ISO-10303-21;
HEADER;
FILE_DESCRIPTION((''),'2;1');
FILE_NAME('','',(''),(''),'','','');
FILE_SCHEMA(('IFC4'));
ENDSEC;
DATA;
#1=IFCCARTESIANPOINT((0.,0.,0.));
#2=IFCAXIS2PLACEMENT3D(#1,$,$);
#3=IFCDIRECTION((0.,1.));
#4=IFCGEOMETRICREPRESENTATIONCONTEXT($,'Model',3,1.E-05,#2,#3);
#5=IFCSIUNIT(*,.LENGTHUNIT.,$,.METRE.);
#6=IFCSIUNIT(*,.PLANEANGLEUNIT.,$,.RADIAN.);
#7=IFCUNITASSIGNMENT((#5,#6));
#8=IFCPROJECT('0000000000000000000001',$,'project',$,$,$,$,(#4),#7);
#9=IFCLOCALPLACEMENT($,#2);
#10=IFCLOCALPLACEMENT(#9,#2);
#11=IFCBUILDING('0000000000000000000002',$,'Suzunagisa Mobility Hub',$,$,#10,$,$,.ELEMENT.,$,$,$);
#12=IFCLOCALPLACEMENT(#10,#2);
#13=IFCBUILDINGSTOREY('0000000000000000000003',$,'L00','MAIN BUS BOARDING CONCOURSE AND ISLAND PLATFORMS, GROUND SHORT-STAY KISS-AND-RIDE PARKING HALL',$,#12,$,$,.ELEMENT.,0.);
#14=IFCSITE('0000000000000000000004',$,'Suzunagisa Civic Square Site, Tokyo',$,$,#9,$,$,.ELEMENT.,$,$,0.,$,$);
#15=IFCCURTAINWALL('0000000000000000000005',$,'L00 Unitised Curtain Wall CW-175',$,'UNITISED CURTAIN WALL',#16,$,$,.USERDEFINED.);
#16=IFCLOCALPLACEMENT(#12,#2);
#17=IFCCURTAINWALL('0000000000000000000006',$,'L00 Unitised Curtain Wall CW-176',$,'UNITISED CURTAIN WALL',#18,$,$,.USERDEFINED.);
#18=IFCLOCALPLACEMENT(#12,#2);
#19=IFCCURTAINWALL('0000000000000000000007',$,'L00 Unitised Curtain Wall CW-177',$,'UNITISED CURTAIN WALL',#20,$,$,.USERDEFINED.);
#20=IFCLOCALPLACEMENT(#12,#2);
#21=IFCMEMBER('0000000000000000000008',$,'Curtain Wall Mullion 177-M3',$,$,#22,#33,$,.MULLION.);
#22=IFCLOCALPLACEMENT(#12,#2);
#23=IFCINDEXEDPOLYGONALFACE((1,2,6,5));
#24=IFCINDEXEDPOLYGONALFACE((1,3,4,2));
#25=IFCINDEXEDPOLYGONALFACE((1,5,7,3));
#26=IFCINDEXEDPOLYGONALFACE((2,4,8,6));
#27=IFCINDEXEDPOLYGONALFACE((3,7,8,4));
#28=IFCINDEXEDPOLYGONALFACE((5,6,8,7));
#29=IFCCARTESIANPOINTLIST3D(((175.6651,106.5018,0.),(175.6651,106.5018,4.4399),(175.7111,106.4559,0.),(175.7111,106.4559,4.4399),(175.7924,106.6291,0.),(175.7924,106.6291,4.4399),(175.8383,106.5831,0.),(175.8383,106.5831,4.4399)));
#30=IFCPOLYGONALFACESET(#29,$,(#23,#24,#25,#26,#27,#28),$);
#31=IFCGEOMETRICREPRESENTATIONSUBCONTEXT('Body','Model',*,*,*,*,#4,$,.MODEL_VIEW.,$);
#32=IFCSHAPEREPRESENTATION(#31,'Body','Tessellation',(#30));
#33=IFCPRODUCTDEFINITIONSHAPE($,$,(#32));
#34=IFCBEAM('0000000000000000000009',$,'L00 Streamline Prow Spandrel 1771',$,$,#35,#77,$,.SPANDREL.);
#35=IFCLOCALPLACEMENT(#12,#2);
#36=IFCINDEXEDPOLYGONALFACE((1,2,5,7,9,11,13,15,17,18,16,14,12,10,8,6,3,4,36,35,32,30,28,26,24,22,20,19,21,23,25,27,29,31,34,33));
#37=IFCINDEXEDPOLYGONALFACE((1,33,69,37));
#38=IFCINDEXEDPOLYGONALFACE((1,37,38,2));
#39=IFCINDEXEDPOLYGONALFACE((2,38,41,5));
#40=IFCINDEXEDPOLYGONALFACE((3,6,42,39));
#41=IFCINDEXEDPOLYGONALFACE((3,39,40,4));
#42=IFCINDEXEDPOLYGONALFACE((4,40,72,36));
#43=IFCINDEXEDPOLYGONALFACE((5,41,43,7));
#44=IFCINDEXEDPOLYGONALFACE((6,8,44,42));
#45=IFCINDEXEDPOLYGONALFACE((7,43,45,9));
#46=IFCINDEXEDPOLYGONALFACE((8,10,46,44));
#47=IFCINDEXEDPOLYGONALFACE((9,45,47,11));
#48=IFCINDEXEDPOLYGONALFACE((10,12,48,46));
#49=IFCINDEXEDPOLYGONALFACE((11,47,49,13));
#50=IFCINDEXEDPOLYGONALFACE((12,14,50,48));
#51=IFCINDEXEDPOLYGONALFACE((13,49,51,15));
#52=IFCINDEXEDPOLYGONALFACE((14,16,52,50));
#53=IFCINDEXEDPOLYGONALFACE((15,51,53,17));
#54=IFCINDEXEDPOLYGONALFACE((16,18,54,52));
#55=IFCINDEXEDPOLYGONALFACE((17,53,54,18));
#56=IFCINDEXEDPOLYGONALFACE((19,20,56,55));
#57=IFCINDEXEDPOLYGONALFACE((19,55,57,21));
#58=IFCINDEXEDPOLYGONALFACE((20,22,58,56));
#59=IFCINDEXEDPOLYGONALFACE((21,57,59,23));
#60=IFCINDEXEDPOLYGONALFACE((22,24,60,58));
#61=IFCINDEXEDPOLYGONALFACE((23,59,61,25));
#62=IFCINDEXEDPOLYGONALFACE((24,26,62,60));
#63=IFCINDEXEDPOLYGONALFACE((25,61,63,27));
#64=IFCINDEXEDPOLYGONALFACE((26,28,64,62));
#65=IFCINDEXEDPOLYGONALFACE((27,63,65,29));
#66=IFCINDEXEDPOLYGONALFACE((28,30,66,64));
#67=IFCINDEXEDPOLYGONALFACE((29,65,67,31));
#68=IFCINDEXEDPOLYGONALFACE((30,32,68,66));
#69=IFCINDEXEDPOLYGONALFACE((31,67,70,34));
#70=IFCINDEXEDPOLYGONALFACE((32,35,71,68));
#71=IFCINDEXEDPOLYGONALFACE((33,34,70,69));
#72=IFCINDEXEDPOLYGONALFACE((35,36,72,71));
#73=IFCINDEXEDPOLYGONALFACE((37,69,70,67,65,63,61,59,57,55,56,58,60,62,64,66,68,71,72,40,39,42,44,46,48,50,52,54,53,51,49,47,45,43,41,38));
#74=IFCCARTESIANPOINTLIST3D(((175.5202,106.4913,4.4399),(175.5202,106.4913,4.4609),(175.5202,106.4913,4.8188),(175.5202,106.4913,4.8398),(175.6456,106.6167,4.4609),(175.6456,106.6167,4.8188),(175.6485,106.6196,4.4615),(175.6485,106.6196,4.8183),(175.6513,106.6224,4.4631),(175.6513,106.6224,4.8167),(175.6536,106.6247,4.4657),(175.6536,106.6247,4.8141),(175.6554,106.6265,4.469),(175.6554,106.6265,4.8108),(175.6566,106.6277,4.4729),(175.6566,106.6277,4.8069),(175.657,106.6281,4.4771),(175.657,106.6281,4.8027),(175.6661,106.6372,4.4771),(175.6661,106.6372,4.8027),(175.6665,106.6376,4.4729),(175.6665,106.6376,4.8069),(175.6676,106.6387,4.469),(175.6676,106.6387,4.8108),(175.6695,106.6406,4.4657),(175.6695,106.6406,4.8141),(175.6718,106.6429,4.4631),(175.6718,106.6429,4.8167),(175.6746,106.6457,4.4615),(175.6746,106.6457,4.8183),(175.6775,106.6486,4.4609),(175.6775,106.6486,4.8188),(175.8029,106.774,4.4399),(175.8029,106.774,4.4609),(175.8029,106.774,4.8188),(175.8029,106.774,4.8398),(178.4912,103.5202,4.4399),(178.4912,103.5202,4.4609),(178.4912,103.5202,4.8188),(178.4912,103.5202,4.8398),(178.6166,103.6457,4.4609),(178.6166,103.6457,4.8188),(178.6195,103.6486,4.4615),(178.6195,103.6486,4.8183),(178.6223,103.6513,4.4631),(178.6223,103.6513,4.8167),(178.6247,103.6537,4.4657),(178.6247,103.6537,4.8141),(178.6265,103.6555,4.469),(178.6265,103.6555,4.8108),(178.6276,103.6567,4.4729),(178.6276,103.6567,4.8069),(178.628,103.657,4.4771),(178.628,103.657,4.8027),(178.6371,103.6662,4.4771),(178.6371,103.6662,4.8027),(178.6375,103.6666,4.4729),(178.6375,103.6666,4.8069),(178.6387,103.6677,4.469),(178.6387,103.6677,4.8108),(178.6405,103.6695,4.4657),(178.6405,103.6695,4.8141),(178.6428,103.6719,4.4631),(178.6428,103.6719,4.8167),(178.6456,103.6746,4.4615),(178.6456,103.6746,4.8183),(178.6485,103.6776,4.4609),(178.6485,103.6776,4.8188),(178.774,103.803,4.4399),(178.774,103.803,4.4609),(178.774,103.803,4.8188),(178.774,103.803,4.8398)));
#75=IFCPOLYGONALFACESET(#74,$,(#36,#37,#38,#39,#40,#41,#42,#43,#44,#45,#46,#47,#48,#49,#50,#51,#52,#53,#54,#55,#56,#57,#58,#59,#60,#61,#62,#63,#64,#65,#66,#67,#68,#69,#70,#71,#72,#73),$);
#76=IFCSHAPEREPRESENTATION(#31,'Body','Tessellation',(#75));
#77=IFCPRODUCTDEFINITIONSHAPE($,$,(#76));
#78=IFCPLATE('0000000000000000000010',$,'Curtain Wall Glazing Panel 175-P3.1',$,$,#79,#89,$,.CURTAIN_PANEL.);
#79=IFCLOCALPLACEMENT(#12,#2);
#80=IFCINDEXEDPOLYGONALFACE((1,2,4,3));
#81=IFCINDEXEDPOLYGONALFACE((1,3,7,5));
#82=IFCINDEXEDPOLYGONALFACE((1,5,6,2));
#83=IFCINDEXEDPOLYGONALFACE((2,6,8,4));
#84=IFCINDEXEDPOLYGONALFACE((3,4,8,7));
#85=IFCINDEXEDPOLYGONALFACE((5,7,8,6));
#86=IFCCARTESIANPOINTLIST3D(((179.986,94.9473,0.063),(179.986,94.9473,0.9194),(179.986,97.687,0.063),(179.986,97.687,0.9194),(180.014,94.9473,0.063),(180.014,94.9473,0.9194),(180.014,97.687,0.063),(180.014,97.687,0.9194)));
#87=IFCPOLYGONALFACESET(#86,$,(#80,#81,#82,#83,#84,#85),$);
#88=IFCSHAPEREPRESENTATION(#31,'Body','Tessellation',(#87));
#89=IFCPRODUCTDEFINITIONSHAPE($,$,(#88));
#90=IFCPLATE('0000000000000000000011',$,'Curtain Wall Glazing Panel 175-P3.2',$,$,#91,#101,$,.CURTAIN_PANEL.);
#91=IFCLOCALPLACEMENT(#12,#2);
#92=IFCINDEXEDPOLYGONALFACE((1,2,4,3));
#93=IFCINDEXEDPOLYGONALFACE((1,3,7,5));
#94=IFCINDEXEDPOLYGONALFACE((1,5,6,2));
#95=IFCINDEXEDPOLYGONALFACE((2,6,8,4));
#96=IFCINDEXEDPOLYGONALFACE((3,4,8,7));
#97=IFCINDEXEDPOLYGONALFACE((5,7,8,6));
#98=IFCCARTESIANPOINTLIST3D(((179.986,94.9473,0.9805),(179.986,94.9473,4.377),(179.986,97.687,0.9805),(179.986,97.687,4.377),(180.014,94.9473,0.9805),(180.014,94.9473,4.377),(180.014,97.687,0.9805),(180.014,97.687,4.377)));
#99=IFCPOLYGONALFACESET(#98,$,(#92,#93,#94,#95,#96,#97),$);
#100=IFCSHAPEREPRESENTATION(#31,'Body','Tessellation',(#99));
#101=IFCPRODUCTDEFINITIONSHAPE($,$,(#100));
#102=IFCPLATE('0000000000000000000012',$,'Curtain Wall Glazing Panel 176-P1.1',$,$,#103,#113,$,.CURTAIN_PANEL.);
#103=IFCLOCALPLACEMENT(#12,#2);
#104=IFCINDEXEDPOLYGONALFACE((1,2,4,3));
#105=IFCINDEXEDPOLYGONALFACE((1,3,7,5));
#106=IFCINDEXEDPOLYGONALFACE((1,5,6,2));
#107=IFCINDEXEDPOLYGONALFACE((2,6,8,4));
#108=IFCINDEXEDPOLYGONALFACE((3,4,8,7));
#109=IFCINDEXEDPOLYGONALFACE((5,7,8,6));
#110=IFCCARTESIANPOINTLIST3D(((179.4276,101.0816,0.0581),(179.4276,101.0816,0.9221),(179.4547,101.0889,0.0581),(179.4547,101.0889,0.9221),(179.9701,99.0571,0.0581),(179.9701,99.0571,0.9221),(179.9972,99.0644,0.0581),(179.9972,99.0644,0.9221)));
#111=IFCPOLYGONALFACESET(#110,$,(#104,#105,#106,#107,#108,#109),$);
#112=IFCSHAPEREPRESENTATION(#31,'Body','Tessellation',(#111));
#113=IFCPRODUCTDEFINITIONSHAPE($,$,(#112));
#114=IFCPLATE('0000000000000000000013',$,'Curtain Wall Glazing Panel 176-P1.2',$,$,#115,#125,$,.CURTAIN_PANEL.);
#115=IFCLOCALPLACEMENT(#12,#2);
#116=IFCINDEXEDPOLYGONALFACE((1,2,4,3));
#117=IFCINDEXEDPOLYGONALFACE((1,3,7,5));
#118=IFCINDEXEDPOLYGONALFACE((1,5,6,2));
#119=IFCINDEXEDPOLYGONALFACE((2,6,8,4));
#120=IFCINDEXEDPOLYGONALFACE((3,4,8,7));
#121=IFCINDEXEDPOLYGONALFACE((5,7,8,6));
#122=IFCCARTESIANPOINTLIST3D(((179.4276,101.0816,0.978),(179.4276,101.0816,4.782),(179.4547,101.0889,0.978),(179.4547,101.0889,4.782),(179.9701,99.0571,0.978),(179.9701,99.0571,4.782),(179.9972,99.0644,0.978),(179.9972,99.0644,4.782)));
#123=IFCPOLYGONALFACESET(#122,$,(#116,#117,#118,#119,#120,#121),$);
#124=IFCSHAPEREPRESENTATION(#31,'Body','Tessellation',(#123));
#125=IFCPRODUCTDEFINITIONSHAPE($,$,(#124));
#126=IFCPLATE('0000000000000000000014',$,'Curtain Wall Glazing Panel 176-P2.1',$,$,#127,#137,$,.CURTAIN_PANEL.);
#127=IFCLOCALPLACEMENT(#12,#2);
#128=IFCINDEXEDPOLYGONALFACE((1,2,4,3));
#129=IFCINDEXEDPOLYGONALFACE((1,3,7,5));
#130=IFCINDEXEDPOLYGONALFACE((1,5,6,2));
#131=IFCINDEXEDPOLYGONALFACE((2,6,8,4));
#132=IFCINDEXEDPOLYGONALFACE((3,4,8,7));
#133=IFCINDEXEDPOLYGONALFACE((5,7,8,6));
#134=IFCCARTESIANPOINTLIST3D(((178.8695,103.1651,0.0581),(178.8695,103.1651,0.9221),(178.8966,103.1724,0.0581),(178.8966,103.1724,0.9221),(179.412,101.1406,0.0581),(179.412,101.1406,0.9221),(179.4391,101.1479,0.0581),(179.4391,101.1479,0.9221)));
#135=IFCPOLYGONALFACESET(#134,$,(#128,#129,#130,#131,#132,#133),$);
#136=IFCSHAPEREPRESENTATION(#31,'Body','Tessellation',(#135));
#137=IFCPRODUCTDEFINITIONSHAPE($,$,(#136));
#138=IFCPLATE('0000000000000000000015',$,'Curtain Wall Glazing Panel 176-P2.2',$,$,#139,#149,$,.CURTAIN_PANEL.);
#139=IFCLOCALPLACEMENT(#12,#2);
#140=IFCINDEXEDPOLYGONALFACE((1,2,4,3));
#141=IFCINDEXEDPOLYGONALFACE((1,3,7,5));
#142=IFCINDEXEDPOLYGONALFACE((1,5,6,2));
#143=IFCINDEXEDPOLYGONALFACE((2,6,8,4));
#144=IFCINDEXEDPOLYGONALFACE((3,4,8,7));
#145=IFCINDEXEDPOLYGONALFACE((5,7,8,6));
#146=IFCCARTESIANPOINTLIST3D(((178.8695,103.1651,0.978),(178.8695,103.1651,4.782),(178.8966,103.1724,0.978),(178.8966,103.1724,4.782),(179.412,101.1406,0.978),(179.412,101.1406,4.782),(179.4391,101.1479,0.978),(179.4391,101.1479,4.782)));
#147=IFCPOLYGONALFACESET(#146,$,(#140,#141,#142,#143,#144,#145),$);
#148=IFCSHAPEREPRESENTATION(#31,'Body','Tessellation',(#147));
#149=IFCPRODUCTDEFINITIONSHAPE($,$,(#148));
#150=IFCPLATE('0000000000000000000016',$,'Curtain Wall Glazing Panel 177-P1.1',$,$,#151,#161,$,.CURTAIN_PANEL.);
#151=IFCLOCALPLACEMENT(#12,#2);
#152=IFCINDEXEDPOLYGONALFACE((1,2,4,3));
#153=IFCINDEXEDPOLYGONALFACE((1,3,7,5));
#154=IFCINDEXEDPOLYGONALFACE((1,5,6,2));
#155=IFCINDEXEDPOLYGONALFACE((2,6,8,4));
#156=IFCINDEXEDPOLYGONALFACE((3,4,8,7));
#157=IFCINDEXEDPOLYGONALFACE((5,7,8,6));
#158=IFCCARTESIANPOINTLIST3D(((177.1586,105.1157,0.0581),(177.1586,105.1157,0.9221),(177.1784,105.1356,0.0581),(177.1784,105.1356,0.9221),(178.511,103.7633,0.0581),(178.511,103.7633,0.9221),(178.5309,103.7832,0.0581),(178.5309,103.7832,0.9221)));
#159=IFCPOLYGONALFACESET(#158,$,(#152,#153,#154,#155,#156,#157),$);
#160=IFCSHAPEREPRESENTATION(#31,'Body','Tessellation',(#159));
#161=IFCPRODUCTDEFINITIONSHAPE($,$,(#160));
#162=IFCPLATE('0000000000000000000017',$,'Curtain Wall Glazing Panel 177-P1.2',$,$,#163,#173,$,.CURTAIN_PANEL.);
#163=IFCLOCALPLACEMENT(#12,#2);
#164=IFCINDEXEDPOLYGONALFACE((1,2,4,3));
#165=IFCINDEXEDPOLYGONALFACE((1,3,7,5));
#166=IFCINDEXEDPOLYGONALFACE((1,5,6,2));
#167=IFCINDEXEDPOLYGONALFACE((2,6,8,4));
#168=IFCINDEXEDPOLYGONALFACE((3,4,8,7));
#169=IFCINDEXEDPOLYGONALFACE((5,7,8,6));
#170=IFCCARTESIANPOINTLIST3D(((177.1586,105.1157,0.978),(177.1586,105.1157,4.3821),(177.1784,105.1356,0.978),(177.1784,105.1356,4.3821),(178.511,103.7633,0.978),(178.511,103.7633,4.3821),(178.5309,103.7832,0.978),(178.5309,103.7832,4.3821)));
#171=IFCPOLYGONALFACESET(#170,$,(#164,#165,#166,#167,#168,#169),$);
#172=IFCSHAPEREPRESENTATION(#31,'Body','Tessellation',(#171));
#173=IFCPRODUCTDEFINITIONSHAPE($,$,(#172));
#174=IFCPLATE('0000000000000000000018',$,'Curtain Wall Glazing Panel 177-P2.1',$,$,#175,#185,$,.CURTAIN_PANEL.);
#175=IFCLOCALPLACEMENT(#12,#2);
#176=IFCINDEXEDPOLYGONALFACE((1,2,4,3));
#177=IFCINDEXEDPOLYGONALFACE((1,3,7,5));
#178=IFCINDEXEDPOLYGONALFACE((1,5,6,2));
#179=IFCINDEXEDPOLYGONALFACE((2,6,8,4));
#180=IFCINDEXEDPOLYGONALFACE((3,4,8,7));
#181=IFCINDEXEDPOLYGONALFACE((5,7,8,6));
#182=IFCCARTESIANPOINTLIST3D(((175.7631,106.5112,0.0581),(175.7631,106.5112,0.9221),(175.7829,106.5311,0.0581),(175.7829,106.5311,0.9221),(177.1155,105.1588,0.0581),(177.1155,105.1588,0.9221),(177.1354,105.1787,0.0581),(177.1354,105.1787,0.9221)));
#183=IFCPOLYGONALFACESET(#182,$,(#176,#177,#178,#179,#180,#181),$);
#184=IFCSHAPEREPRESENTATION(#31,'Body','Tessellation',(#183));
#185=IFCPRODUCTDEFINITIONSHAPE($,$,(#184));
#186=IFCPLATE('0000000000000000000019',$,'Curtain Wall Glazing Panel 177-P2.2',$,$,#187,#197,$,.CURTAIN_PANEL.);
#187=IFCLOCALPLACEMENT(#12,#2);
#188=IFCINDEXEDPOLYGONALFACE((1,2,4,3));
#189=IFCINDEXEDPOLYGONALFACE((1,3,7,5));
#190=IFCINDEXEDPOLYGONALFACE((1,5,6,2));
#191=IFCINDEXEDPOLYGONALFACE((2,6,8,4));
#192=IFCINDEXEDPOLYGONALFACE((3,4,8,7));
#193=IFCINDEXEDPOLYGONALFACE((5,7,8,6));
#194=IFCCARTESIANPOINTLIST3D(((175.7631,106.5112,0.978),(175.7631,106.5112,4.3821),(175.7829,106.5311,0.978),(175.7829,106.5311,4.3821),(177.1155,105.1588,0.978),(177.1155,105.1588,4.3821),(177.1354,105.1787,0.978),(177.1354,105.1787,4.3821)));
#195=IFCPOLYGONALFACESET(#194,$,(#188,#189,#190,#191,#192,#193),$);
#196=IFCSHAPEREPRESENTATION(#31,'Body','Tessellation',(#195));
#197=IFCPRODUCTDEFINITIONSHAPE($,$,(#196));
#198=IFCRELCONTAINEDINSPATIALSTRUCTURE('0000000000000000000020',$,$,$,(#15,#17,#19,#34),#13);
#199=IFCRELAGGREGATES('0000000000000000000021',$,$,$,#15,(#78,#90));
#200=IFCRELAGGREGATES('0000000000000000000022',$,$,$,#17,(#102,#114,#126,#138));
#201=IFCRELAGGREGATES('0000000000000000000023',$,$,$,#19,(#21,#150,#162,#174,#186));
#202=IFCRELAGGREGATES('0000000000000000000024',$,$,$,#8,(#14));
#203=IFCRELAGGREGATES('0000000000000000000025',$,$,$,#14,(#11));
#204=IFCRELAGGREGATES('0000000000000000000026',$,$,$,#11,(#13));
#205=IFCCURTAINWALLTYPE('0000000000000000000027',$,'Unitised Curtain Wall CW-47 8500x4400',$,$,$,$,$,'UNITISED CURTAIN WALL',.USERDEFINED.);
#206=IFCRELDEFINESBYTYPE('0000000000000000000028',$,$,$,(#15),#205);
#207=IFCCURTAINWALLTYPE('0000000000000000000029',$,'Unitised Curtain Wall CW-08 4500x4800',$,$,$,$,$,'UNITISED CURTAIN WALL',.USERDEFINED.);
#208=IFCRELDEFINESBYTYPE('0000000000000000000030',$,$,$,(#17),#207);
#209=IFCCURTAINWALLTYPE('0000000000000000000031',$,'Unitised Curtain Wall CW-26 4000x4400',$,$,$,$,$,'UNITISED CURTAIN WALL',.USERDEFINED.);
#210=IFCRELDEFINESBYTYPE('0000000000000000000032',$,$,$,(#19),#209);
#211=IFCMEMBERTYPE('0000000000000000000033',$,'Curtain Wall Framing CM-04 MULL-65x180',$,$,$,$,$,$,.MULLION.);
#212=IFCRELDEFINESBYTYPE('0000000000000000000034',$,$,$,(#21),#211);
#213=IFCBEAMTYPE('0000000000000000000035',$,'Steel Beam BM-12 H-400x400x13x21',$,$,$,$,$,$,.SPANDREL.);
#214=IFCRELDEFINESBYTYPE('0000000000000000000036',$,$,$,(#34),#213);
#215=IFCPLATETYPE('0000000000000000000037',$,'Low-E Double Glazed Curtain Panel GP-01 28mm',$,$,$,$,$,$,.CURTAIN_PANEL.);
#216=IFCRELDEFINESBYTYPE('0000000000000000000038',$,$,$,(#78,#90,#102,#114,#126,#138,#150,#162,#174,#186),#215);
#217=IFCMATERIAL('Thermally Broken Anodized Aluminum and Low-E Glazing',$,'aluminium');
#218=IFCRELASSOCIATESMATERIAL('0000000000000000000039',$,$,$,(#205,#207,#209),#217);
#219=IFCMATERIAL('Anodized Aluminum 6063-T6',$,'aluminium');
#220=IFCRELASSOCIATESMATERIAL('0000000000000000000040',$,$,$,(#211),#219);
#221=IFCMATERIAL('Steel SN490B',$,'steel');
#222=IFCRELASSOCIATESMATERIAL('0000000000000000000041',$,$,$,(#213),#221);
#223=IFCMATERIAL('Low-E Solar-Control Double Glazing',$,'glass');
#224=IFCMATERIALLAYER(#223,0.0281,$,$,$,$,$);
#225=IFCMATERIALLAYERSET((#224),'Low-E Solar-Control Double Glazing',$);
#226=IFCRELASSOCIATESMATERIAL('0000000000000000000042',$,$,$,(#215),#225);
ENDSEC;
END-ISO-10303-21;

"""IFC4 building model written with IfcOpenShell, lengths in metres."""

from ifc_helpers import new_model, si_unit, direction, frame, origin, origin_2d, place, context, subcontext, project, spatial, rectangle, i_section, extrude, material, layer, layer_set, material_profile, profile_set, type_object, element, aggregate, save


model = new_model("IFC4")

# Units and contexts
model_context = context("Model", 3, precision=1e-05, world=origin(), true_north=direction((0.0, 1.0)))
body_context = subcontext(model_context, "Body", "Model", "MODEL_VIEW")
ifc_project = project(units=[si_unit("LENGTHUNIT", "METRE"), si_unit("PLANEANGLEUNIT", "RADIAN")], contexts=[model_context])

# Site, building, storey
site_placement = place(None, origin())
site = spatial("IfcSite", under=ifc_project, at=site_placement, Name="Suzunagisa Civic Square Site, Tokyo", CompositionType="ELEMENT", RefElevation=0.0)
building_placement = place(site_placement, origin())
building = spatial("IfcBuilding", under=site, at=building_placement, Name="Suzunagisa Mobility Hub", CompositionType="ELEMENT")
storey_placement = place(building_placement, origin())
storey = spatial("IfcBuildingStorey", under=building, at=storey_placement, Name="L00", Description="MAIN BUS BOARDING CONCOURSE AND ISLAND PLATFORMS, GROUND SHORT-STAY KISS-AND-RIDE PARKING HALL", CompositionType="ELEMENT", Elevation=0.0)

# Shared definitions
ifc_material_1 = material(Name="Steel SN490B", Category="steel")

# Curtain walls
ifc_material_2 = material(Name="Thermally Broken Anodized Aluminum and Low-E Glazing", Category="aluminium")
curtain_wall_type_1 = type_object("IfcCurtainWallType", Name="Unitised Curtain Wall CW-47 8500x4400", ElementType="UNITISED CURTAIN WALL", PredefinedType="USERDEFINED", material=ifc_material_2)
curtain_wall_1_placement = place(storey_placement, origin())
curtain_wall_1 = element("IfcCurtainWall", 1, at=curtain_wall_1_placement, inside=storey, type_object=curtain_wall_type_1, Name="L00 Unitised Curtain Wall CW-175", ObjectType="UNITISED CURTAIN WALL", PredefinedType="USERDEFINED")
ifc_material_3 = material(Name="Anodized Aluminum 6063-T6", Category="aluminium")
curtain_wall_type_2 = type_object("IfcCurtainWallType", Name="Unitised Curtain Wall CW-08 4500x4800", ElementType="UNITISED CURTAIN WALL", PredefinedType="USERDEFINED", material=ifc_material_2)
curtain_wall_2_placement = place(storey_placement, origin())
curtain_wall_2 = element("IfcCurtainWall", 2, at=curtain_wall_2_placement, inside=storey, type_object=curtain_wall_type_2, Name="L00 Unitised Curtain Wall CW-176", ObjectType="UNITISED CURTAIN WALL", PredefinedType="USERDEFINED")
curtain_wall_type_3 = type_object("IfcCurtainWallType", Name="Unitised Curtain Wall CW-26 4000x4400", ElementType="UNITISED CURTAIN WALL", PredefinedType="USERDEFINED", material=ifc_material_2)
curtain_wall_3_placement = place(storey_placement, origin())
curtain_wall_3 = element("IfcCurtainWall", 3, at=curtain_wall_3_placement, inside=storey, type_object=curtain_wall_type_3, Name="L00 Unitised Curtain Wall CW-177", ObjectType="UNITISED CURTAIN WALL", PredefinedType="USERDEFINED")

# Member
ifc_material_profile_1 = material_profile(ifc_material_3, rectangle(XDim=0.0649, YDim=0.1799, at=origin_2d()), Name="MULL-65x180")
ifc_profile_set_1 = profile_set([ifc_material_profile_1], Name="Anodized Aluminum 6063-T6")
member_type_1 = type_object("IfcMemberType", Name="Curtain Wall Framing CM-04 MULL-65x180", PredefinedType="MULLION", material=ifc_profile_set_1)
member_1_placement = place(storey_placement, frame((175.7517, 106.5425, 0.0), z_axis=(0.0, 0.0, 1.0), x_axis=(-0.707107, 0.707107, 0.0)))
member_1 = element("IfcMember", 4, at=member_1_placement, type_object=member_type_1, Name="Curtain Wall Mullion 177-M3", PredefinedType="MULLION", context=body_context, shape_type="SweptSolid", body=[
    extrude(rectangle(XDim=0.0649, YDim=0.1799, at=origin_2d()), origin(), (0.0, 0.0, 1.0), 4.4399),
])

# Beam
ifc_material_profile_2 = material_profile(ifc_material_1, i_section(OverallWidth=0.3999, OverallDepth=0.3999, WebThickness=0.0129, FlangeThickness=0.021, FilletRadius=0.0161, at=origin_2d()), Name="H-400x400x13x21")
ifc_profile_set_2 = profile_set([ifc_material_profile_2], Name="Steel SN490B")
beam_type = type_object("IfcBeamType", Name="Steel Beam BM-12 H-400x400x13x21", PredefinedType="SPANDREL", material=ifc_profile_set_2)
beam_placement = place(storey_placement, frame((178.6326, 103.6616, 4.6399), z_axis=(-0.707107, 0.707107, 0.0), x_axis=(-0.707107, -0.707107, 0.0)))
element("IfcBeam", 5, at=beam_placement, inside=storey, type_object=beam_type, Name="L00 Streamline Prow Spandrel 1771", PredefinedType="SPANDREL", context=body_context, shape_type="SweptSolid", body=[
    extrude(i_section(OverallWidth=0.3999, OverallDepth=0.3999, WebThickness=0.0129, FlangeThickness=0.021, FilletRadius=0.0161, at=origin_2d()), origin(), (0.0, 0.0, 1.0), 4.2017),
])

# Plates
ifc_material_4 = material(Name="Low-E Solar-Control Double Glazing", Category="glass")
ifc_layer_1 = layer(ifc_material_4, 0.0281)
ifc_layer_set_1 = layer_set([ifc_layer_1], Name="Low-E Solar-Control Double Glazing")
plate_type = type_object("IfcPlateType", Name="Low-E Double Glazed Curtain Panel GP-01 28mm", PredefinedType="CURTAIN_PANEL", material=ifc_layer_set_1)
plate_1_placement = place(storey_placement, frame((180.0, 96.3171, 0.063), z_axis=(0.0, 0.0, 1.0), x_axis=(0.0, 1.0, 0.0)))
plate_1 = element("IfcPlate", 6, at=plate_1_placement, type_object=plate_type, Name="Curtain Wall Glazing Panel 175-P3.1", PredefinedType="CURTAIN_PANEL", context=body_context, shape_type="SweptSolid", body=[
    extrude(rectangle(XDim=2.7397, YDim=0.0281, at=origin_2d()), origin(), (0.0, 0.0, 1.0), 0.8564),
])
plate_2_placement = place(storey_placement, frame((180.0, 96.3171, 0.9805), z_axis=(0.0, 0.0, 1.0), x_axis=(0.0, 1.0, 0.0)))
plate_2 = element("IfcPlate", 7, at=plate_2_placement, type_object=plate_type, Name="Curtain Wall Glazing Panel 175-P3.2", PredefinedType="CURTAIN_PANEL", context=body_context, shape_type="SweptSolid", body=[
    extrude(rectangle(XDim=2.7397, YDim=0.0281, at=origin_2d()), origin(), (0.0, 0.0, 1.0), 3.3965),
])
aggregate(curtain_wall_1, [plate_1, plate_2])
plate_3_placement = place(storey_placement, frame((179.7124, 100.073, 0.0581), z_axis=(0.0, 0.0, 1.0), x_axis=(-0.258815, 0.965927, 0.0)))
plate_3 = element("IfcPlate", 8, at=plate_3_placement, type_object=plate_type, Name="Curtain Wall Glazing Panel 176-P1.1", PredefinedType="CURTAIN_PANEL", context=body_context, shape_type="SweptSolid", body=[
    extrude(rectangle(XDim=2.0959, YDim=0.0281, at=origin_2d()), origin(), (0.0, 0.0, 1.0), 0.864),
])
plate_4_placement = place(storey_placement, frame((179.7124, 100.073, 0.978), z_axis=(0.0, 0.0, 1.0), x_axis=(-0.258815, 0.965927, 0.0)))
plate_4 = element("IfcPlate", 9, at=plate_4_placement, type_object=plate_type, Name="Curtain Wall Glazing Panel 176-P1.2", PredefinedType="CURTAIN_PANEL", context=body_context, shape_type="SweptSolid", body=[
    extrude(rectangle(XDim=2.0959, YDim=0.0281, at=origin_2d()), origin(), (0.0, 0.0, 1.0), 3.804),
])
plate_5_placement = place(storey_placement, frame((179.1543, 102.1565, 0.0581), z_axis=(0.0, 0.0, 1.0), x_axis=(-0.258815, 0.965927, 0.0)))
plate_5 = element("IfcPlate", 10, at=plate_5_placement, type_object=plate_type, Name="Curtain Wall Glazing Panel 176-P2.1", PredefinedType="CURTAIN_PANEL", context=body_context, shape_type="SweptSolid", body=[
    extrude(rectangle(XDim=2.0959, YDim=0.0281, at=origin_2d()), origin(), (0.0, 0.0, 1.0), 0.864),
])
plate_6_placement = place(storey_placement, frame((179.1543, 102.1565, 0.978), z_axis=(0.0, 0.0, 1.0), x_axis=(-0.258815, 0.965927, 0.0)))
plate_6 = element("IfcPlate", 11, at=plate_6_placement, type_object=plate_type, Name="Curtain Wall Glazing Panel 176-P2.2", PredefinedType="CURTAIN_PANEL", context=body_context, shape_type="SweptSolid", body=[
    extrude(rectangle(XDim=2.0959, YDim=0.0281, at=origin_2d()), origin(), (0.0, 0.0, 1.0), 3.804),
])
aggregate(curtain_wall_2, [plate_3, plate_4, plate_5, plate_6])
plate_7_placement = place(storey_placement, frame((177.8447, 104.4495, 0.0581), z_axis=(0.0, 0.0, 1.0), x_axis=(-0.707107, 0.707107, 0.0)))
plate_7 = element("IfcPlate", 12, at=plate_7_placement, type_object=plate_type, Name="Curtain Wall Glazing Panel 177-P1.1", PredefinedType="CURTAIN_PANEL", context=body_context, shape_type="SweptSolid", body=[
    extrude(rectangle(XDim=1.9126, YDim=0.0281, at=origin_2d()), origin(), (0.0, 0.0, 1.0), 0.864),
])
plate_8_placement = place(storey_placement, frame((177.8447, 104.4495, 0.978), z_axis=(0.0, 0.0, 1.0), x_axis=(-0.707107, 0.707107, 0.0)))
plate_8 = element("IfcPlate", 13, at=plate_8_placement, type_object=plate_type, Name="Curtain Wall Glazing Panel 177-P1.2", PredefinedType="CURTAIN_PANEL", context=body_context, shape_type="SweptSolid", body=[
    extrude(rectangle(XDim=1.9126, YDim=0.0281, at=origin_2d()), origin(), (0.0, 0.0, 1.0), 3.4041),
])
plate_9_placement = place(storey_placement, frame((176.4492, 105.845, 0.0581), z_axis=(0.0, 0.0, 1.0), x_axis=(-0.707107, 0.707107, 0.0)))
plate_9 = element("IfcPlate", 14, at=plate_9_placement, type_object=plate_type, Name="Curtain Wall Glazing Panel 177-P2.1", PredefinedType="CURTAIN_PANEL", context=body_context, shape_type="SweptSolid", body=[
    extrude(rectangle(XDim=1.9126, YDim=0.0281, at=origin_2d()), origin(), (0.0, 0.0, 1.0), 0.864),
])
plate_10_placement = place(storey_placement, frame((176.4492, 105.845, 0.978), z_axis=(0.0, 0.0, 1.0), x_axis=(-0.707107, 0.707107, 0.0)))
plate_10 = element("IfcPlate", 15, at=plate_10_placement, type_object=plate_type, Name="Curtain Wall Glazing Panel 177-P2.2", PredefinedType="CURTAIN_PANEL", context=body_context, shape_type="SweptSolid", body=[
    extrude(rectangle(XDim=1.9126, YDim=0.0281, at=origin_2d()), origin(), (0.0, 0.0, 1.0), 3.4041),
])
aggregate(curtain_wall_3, [member_1, plate_7, plate_8, plate_9, plate_10])

save(model, "model.ifc")
